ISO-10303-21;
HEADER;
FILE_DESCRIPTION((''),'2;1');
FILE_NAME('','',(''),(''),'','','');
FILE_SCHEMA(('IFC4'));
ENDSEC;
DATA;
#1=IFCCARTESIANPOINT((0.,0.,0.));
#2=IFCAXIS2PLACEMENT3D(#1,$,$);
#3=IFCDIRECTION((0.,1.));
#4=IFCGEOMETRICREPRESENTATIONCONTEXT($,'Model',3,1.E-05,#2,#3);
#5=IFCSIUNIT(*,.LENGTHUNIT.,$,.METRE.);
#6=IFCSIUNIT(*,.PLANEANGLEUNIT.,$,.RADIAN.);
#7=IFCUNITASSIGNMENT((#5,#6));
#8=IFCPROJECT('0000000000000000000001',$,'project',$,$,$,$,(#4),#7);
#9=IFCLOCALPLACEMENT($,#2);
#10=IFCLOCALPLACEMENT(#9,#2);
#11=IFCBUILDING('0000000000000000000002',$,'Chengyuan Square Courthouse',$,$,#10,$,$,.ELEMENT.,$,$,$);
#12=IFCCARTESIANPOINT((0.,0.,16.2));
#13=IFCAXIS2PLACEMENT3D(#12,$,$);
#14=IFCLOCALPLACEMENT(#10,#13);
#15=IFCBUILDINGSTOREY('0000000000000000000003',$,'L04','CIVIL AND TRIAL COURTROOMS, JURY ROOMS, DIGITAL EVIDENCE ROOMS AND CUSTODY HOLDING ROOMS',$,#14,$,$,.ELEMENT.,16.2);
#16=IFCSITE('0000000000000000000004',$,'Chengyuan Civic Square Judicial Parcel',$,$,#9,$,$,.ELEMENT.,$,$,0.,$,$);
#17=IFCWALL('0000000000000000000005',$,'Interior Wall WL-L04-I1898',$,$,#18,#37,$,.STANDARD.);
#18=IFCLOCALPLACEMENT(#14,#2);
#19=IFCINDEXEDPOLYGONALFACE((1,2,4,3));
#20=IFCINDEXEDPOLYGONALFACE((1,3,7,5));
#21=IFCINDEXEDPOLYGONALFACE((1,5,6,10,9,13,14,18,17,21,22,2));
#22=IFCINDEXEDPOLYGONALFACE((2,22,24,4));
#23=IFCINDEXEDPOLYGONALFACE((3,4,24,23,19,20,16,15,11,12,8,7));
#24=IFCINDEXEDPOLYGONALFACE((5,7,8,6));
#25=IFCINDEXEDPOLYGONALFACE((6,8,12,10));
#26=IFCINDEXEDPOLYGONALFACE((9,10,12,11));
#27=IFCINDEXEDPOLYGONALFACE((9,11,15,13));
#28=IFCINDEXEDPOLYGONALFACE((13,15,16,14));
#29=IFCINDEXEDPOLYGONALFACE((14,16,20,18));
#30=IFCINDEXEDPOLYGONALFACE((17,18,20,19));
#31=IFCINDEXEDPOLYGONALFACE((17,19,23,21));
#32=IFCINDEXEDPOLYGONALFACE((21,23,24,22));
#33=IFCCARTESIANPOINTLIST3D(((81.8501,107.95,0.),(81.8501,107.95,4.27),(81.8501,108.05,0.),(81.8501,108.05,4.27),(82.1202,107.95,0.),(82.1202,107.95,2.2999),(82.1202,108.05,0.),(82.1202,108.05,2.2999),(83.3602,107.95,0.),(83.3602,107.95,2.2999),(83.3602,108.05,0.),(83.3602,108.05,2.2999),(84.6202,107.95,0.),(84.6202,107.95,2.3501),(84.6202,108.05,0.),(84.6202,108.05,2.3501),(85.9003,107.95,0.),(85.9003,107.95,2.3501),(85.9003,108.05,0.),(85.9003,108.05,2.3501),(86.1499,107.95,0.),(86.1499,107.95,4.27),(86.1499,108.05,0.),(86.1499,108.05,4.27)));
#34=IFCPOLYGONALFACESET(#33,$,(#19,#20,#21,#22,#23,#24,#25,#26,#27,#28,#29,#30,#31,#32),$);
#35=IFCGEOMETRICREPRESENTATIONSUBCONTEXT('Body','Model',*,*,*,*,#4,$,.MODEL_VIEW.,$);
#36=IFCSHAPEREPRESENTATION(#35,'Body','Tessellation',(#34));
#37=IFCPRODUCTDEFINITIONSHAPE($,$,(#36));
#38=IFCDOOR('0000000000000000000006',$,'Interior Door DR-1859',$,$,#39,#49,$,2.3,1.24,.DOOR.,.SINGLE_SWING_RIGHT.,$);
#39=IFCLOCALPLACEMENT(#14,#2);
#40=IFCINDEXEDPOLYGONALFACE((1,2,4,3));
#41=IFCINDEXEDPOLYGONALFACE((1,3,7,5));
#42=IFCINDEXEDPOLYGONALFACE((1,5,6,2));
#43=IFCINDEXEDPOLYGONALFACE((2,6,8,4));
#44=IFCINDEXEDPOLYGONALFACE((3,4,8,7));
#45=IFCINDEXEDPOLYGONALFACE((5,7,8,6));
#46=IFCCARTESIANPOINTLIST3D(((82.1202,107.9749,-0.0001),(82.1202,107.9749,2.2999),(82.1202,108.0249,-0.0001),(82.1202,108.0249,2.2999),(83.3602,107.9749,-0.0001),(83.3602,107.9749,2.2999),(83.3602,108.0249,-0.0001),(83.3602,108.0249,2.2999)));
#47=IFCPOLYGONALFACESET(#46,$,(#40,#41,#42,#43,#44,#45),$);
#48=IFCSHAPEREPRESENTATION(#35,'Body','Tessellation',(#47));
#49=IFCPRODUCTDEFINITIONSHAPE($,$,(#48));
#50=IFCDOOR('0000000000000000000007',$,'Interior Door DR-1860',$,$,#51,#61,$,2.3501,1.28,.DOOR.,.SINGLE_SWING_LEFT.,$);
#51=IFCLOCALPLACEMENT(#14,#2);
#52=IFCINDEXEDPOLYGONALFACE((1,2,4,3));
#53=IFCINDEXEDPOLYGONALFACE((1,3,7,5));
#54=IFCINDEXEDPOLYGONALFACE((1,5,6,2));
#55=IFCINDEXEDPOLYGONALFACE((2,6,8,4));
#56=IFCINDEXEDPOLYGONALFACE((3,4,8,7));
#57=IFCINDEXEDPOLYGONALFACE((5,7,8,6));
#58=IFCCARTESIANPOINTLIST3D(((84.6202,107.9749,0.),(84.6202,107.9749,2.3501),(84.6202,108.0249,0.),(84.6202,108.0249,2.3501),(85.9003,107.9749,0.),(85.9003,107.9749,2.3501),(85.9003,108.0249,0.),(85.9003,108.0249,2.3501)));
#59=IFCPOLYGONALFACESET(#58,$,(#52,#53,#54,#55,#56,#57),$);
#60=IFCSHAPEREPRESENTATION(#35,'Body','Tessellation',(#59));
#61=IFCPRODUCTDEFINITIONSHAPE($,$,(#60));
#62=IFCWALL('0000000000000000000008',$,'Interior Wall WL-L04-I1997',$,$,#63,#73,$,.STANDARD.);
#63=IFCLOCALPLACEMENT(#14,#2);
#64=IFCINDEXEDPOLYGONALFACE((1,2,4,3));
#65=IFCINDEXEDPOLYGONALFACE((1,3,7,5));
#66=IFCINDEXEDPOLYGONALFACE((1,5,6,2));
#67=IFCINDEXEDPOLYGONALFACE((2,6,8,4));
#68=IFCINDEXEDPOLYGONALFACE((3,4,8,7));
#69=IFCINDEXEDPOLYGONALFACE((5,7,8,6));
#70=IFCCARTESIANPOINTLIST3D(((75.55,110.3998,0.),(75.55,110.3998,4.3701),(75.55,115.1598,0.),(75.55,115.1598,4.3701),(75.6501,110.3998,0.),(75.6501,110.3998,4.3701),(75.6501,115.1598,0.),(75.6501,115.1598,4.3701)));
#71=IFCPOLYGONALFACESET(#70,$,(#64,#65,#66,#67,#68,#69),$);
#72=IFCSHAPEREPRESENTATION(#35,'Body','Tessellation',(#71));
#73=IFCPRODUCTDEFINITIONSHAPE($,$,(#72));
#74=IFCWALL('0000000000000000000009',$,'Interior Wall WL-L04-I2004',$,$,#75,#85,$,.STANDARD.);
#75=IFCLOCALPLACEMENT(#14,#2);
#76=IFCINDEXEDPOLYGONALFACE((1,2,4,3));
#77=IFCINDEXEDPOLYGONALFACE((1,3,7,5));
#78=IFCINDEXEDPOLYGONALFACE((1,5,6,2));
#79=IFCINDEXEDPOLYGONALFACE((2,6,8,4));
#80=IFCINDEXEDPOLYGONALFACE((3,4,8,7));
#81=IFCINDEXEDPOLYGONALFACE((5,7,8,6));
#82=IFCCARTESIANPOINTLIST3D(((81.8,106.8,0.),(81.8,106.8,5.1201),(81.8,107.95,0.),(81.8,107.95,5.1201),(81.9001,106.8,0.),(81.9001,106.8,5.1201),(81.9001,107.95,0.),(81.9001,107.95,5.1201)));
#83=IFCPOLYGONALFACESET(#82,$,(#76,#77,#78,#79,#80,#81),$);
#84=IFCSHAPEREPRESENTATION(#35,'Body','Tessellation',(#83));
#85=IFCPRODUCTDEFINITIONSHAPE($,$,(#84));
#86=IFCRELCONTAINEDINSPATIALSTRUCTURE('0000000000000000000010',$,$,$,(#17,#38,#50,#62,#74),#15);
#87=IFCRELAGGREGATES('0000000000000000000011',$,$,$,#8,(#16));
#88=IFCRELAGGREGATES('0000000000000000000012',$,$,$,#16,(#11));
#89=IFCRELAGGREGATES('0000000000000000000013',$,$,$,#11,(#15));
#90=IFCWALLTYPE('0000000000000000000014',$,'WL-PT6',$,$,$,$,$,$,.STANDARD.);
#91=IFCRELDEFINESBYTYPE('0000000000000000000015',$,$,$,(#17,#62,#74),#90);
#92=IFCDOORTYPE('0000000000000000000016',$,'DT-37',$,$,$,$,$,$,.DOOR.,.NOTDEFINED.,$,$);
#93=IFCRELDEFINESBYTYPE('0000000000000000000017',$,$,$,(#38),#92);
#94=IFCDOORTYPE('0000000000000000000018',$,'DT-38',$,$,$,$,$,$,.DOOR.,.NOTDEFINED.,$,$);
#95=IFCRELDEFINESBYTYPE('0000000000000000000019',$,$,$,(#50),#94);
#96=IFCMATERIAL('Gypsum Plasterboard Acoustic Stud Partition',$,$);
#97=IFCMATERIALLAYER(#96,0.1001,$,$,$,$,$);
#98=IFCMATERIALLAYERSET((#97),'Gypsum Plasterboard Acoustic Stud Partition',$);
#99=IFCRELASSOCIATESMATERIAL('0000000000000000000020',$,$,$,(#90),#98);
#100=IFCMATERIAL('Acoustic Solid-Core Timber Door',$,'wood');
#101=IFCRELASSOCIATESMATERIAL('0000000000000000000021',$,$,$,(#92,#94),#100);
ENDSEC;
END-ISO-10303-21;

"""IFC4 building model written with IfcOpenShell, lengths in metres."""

from ifc_helpers import new_model, si_unit, direction, frame, frame_2d, origin, place, context, subcontext, project, spatial, rectangle, extrude, material, layer, layer_set, type_object, element, fill, save


model = new_model("IFC4")

# Units and contexts
model_context = context("Model", 3, precision=1e-05, world=origin(), true_north=direction((0.0, 1.0)))
body_context = subcontext(model_context, "Body", "Model", "MODEL_VIEW")
ifc_project = project(units=[si_unit("LENGTHUNIT", "METRE"), si_unit("PLANEANGLEUNIT", "RADIAN")], contexts=[model_context])

# Site, building, storey
site_placement = place(None, origin())
site = spatial("IfcSite", under=ifc_project, at=site_placement, Name="Chengyuan Civic Square Judicial Parcel", CompositionType="ELEMENT", RefElevation=0.0)
building_placement = place(site_placement, origin())
building = spatial("IfcBuilding", under=site, at=building_placement, Name="Chengyuan Square Courthouse", CompositionType="ELEMENT")
storey_placement = place(building_placement, frame((0.0, 0.0, 16.2)))
storey = spatial("IfcBuildingStorey", under=building, at=storey_placement, Name="L04", Description="CIVIL AND TRIAL COURTROOMS, JURY ROOMS, DIGITAL EVIDENCE ROOMS AND CUSTODY HOLDING ROOMS", CompositionType="ELEMENT", Elevation=16.2)

# Shared definitions
ifc_material_1 = material(Name="Gypsum Plasterboard Acoustic Stud Partition")
ifc_layer_1 = layer(ifc_material_1, 0.1001)
ifc_layer_set_1 = layer_set([ifc_layer_1], Name="Gypsum Plasterboard Acoustic Stud Partition")
wall_type_1 = type_object("IfcWallType", Name="WL-PT6", PredefinedType="STANDARD", material=ifc_layer_set_1)

# Wall, openings, doors
wall_1_placement = place(storey_placement, frame((81.8501, 108.0, 0.0), z_axis=(0.0, 0.0, 1.0), x_axis=(1.0, 0.0, 0.0)))
wall_1 = element("IfcWall", 1, at=wall_1_placement, inside=storey, type_object=wall_type_1, Name="Interior Wall WL-L04-I1898", PredefinedType="STANDARD", context=body_context, shape_type="SweptSolid", body=[
    extrude(rectangle(XDim=4.2998, YDim=0.1001, at=frame_2d((2.1499, 0.0))), origin(), (0.0, 0.0, 1.0), 4.27),
])
opening_1_placement = place(wall_1_placement, frame((0.27, 0.0, 0.0)))
opening_1 = element("IfcOpeningElement", 2, at=opening_1_placement, cuts=wall_1, PredefinedType="OPENING", context=body_context, shape_type="SweptSolid", body=[
    extrude(rectangle(XDim=1.24, YDim=2.3, at=frame_2d((0.6201, 1.1499))), frame((0.0, 0.062, 0.0), z_axis=(0.0, -1.0, 0.0), x_axis=(1.0, 0.0, 0.0)), (0.0, 0.0, 1.0), 0.124),
])
opening_2_placement = place(wall_1_placement, frame((2.77, 0.0, 0.0)))
opening_2 = element("IfcOpeningElement", 3, at=opening_2_placement, cuts=wall_1, PredefinedType="OPENING", context=body_context, shape_type="SweptSolid", body=[
    extrude(rectangle(XDim=1.28, YDim=2.3501, at=frame_2d((0.6401, 1.175))), frame((0.0, 0.062, 0.0), z_axis=(0.0, -1.0, 0.0), x_axis=(1.0, 0.0, 0.0)), (0.0, 0.0, 1.0), 0.124),
])
ifc_material_2 = material(Name="Acoustic Solid-Core Timber Door", Category="wood")
door_type_1 = type_object("IfcDoorType", Name="DT-37", OperationType="NOTDEFINED", PredefinedType="DOOR", material=ifc_material_2)
door_1_placement = place(opening_1_placement, origin())
door_1 = element("IfcDoor", 4, at=door_1_placement, inside=storey, type_object=door_type_1, Name="Interior Door DR-1859", OperationType="SINGLE_SWING_RIGHT", OverallHeight=2.3, OverallWidth=1.24, PredefinedType="DOOR", context=body_context, shape_type="SweptSolid", body=[
    extrude(rectangle(XDim=1.24, YDim=2.3, at=frame_2d((0.6201, 1.1499))), frame((0.0, 0.0249, 0.0), z_axis=(0.0, -1.0, 0.0), x_axis=(1.0, 0.0, 0.0)), (0.0, 0.0, 1.0), 0.05),
])
fill(opening_1, door_1)
door_type_2 = type_object("IfcDoorType", Name="DT-38", OperationType="NOTDEFINED", PredefinedType="DOOR", material=ifc_material_2)
door_2_placement = place(opening_2_placement, origin())
door_2 = element("IfcDoor", 5, at=door_2_placement, inside=storey, type_object=door_type_2, Name="Interior Door DR-1860", OperationType="SINGLE_SWING_LEFT", OverallHeight=2.3501, OverallWidth=1.28, PredefinedType="DOOR", context=body_context, shape_type="SweptSolid", body=[
    extrude(rectangle(XDim=1.28, YDim=2.3501, at=frame_2d((0.6401, 1.175))), frame((0.0, 0.0249, 0.0), z_axis=(0.0, -1.0, 0.0), x_axis=(1.0, 0.0, 0.0)), (0.0, 0.0, 1.0), 0.05),
])
fill(opening_2, door_2)

# Walls
wall_2_placement = place(storey_placement, frame((75.6001, 110.3999, 0.0), z_axis=(0.0, 0.0, 1.0), x_axis=(0.0, 1.0, 0.0)))
element("IfcWall", 6, at=wall_2_placement, inside=storey, type_object=wall_type_1, Name="Interior Wall WL-L04-I1997", PredefinedType="STANDARD", context=body_context, shape_type="SweptSolid", body=[
    extrude(rectangle(XDim=4.76, YDim=0.1001, at=frame_2d((2.3799, 0.0))), origin(), (0.0, 0.0, 1.0), 4.3701),
])
wall_3_placement = place(storey_placement, frame((81.8501, 106.8, 0.0), z_axis=(0.0, 0.0, 1.0), x_axis=(0.0, 1.0, 0.0)))
element("IfcWall", 7, at=wall_3_placement, inside=storey, type_object=wall_type_1, Name="Interior Wall WL-L04-I2004", PredefinedType="STANDARD", context=body_context, shape_type="SweptSolid", body=[
    extrude(rectangle(XDim=1.1499, YDim=0.1001, at=frame_2d((0.575, 0.0))), origin(), (0.0, 0.0, 1.0), 5.1201),
])

save(model, "model.ifc")
